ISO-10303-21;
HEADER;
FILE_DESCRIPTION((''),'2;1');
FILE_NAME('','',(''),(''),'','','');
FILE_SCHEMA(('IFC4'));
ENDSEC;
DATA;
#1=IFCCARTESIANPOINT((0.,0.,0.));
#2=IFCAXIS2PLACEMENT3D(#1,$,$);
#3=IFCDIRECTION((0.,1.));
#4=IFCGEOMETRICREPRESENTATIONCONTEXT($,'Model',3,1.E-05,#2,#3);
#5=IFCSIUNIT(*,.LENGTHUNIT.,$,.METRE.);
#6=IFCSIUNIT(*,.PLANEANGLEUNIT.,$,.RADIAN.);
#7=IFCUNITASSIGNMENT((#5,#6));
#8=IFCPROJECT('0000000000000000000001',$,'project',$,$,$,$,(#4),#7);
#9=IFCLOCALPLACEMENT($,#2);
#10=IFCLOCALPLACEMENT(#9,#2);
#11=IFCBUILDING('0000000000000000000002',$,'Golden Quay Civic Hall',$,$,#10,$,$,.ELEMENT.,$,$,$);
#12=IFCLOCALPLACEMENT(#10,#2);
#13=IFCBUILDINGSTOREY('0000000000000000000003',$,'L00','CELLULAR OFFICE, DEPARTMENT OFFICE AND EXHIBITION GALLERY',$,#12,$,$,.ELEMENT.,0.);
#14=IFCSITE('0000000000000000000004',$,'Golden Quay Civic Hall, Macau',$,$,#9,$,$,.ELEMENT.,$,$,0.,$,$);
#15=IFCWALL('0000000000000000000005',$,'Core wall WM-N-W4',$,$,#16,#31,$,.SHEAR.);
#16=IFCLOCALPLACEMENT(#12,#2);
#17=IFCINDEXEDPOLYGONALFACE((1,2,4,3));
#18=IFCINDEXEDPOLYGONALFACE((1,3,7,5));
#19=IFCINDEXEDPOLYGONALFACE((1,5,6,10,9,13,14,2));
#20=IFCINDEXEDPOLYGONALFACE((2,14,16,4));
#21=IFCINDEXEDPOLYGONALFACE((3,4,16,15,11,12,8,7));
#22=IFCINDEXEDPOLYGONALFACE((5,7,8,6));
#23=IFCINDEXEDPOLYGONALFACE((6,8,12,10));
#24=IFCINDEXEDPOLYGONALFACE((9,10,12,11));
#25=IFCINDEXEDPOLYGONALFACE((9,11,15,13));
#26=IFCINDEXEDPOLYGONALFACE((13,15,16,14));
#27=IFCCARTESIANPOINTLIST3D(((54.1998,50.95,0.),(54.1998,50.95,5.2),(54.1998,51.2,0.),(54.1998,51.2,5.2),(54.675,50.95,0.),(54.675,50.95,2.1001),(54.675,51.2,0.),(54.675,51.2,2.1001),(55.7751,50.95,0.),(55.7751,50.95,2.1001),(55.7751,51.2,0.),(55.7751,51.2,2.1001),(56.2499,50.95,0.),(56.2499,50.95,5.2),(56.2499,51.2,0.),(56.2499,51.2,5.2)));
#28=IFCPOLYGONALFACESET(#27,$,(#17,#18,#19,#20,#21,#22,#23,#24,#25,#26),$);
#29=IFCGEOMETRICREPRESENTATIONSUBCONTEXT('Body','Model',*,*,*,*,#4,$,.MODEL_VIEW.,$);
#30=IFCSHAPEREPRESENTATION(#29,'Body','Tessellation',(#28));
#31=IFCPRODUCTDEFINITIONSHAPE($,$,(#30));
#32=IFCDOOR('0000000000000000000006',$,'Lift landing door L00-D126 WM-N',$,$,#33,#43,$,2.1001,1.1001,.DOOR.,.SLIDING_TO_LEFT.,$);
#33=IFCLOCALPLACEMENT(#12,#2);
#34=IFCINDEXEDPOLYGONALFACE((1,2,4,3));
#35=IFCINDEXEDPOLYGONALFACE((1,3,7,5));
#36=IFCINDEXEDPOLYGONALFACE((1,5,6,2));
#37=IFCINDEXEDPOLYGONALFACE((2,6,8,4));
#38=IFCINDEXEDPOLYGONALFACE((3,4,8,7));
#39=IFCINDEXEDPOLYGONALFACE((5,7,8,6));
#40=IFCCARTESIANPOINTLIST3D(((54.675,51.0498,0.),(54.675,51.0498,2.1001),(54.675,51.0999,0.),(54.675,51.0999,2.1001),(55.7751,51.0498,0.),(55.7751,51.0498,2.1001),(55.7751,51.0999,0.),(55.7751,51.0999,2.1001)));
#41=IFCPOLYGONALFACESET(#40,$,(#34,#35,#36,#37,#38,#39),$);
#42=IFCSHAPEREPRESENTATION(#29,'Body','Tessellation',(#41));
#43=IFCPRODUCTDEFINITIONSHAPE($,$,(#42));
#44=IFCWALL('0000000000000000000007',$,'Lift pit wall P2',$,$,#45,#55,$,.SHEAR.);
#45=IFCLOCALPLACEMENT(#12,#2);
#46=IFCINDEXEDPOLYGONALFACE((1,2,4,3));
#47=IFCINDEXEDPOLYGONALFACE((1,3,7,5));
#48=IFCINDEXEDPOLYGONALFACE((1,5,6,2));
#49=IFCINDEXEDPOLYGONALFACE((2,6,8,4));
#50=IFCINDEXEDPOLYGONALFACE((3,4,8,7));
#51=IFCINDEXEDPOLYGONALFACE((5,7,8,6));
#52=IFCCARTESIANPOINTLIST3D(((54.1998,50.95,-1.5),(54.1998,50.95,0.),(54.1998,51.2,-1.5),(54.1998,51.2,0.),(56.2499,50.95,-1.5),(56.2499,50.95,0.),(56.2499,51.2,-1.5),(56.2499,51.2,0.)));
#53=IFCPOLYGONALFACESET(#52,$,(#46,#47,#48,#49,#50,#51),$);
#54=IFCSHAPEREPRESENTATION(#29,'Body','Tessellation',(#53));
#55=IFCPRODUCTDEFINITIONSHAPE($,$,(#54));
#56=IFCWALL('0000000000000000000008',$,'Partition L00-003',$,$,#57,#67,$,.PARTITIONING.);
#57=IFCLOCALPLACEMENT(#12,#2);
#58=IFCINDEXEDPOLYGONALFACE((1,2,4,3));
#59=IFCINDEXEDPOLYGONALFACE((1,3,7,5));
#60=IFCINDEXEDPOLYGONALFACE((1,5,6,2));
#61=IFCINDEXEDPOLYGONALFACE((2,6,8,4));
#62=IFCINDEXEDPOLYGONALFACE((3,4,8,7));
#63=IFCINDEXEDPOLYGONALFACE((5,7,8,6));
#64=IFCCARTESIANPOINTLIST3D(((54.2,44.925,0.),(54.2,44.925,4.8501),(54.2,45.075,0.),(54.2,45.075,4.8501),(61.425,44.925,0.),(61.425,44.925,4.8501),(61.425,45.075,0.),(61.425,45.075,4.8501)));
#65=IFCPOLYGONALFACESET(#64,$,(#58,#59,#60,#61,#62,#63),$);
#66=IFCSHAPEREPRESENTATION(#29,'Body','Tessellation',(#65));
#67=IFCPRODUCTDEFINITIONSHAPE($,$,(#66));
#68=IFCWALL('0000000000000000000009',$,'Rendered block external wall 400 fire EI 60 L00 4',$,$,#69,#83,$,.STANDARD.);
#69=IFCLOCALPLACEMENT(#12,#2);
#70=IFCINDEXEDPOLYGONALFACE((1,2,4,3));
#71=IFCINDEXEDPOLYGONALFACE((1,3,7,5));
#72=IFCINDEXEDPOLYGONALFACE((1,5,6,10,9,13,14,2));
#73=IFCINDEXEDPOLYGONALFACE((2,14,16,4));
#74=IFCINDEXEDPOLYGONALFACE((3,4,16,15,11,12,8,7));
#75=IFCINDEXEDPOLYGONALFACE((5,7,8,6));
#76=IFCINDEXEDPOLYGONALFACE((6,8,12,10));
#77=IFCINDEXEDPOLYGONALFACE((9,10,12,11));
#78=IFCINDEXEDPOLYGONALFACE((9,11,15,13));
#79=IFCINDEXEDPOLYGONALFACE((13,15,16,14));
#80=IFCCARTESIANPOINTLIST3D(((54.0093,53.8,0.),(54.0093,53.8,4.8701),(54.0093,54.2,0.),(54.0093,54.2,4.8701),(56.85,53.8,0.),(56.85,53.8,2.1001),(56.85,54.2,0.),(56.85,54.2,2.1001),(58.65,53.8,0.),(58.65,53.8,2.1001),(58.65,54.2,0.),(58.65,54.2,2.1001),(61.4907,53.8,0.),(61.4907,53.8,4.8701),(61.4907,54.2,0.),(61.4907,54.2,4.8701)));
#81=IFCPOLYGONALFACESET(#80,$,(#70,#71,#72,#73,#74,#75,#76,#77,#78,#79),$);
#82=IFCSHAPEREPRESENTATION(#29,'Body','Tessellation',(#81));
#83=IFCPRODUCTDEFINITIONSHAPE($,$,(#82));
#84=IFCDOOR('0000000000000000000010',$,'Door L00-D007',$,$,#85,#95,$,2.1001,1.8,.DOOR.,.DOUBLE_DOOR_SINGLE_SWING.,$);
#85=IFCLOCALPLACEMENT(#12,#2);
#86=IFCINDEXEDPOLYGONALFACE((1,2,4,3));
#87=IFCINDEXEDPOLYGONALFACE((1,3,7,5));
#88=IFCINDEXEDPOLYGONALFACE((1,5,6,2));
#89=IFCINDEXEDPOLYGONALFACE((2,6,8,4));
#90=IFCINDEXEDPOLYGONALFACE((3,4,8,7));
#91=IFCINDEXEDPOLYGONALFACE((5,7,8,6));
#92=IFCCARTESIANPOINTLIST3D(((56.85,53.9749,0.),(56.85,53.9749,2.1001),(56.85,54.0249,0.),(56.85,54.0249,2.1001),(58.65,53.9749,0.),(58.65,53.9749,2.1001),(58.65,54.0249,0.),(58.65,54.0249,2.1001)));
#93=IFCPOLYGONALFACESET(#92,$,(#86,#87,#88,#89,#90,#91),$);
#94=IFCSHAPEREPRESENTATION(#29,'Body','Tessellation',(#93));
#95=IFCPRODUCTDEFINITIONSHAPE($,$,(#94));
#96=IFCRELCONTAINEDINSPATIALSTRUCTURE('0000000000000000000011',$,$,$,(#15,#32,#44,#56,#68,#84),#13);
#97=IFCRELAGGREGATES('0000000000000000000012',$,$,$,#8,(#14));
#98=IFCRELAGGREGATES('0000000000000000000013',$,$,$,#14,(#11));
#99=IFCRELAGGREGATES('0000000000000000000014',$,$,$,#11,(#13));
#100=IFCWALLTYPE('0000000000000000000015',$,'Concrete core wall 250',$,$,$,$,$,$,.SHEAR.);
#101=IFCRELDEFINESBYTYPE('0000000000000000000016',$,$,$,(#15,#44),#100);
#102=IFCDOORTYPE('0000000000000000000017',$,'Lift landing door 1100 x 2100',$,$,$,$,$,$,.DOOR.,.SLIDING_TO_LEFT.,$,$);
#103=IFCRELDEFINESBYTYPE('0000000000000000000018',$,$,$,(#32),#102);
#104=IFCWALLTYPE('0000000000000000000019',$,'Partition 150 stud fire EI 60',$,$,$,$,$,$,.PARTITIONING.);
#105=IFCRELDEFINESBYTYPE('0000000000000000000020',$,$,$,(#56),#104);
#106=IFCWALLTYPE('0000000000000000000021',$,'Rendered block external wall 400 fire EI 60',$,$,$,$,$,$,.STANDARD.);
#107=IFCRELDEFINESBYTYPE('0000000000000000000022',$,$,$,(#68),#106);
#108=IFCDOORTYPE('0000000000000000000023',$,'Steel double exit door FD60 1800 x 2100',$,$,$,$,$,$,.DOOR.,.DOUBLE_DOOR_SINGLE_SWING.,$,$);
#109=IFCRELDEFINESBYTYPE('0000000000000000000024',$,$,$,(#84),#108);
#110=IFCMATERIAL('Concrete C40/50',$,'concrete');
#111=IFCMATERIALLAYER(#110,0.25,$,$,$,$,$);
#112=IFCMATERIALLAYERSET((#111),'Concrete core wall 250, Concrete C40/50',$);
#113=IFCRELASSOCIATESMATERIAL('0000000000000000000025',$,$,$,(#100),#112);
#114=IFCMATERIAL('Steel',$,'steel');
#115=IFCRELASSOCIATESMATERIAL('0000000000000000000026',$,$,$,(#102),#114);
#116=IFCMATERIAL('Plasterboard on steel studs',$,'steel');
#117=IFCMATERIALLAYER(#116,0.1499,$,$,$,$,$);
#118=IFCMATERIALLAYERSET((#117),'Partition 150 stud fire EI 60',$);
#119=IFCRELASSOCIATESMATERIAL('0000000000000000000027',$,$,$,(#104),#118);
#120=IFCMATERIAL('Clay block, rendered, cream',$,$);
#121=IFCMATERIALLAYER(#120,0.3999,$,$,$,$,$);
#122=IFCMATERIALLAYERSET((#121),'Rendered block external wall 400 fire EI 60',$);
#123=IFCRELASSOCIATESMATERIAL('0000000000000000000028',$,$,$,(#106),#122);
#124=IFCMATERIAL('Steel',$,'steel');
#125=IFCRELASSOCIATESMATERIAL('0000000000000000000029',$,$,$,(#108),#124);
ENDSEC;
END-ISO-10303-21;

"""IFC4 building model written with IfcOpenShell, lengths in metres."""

from ifc_helpers import new_model, si_unit, direction, frame, frame_2d, origin, place, context, subcontext, project, spatial, rectangle, extrude, material, layer, layer_set, type_object, element, fill, save


model = new_model("IFC4")

# Units and contexts
model_context = context("Model", 3, precision=1e-05, world=origin(), true_north=direction((0.0, 1.0)))
body_context = subcontext(model_context, "Body", "Model", "MODEL_VIEW")
ifc_project = project(units=[si_unit("LENGTHUNIT", "METRE"), si_unit("PLANEANGLEUNIT", "RADIAN")], contexts=[model_context])

# Site, building, storey
site_placement = place(None, origin())
site = spatial("IfcSite", under=ifc_project, at=site_placement, Name="Golden Quay Civic Hall, Macau", CompositionType="ELEMENT", RefElevation=0.0)
building_placement = place(site_placement, origin())
building = spatial("IfcBuilding", under=site, at=building_placement, Name="Golden Quay Civic Hall", CompositionType="ELEMENT")
storey_placement = place(building_placement, origin())
storey = spatial("IfcBuildingStorey", under=building, at=storey_placement, Name="L00", Description="CELLULAR OFFICE, DEPARTMENT OFFICE AND EXHIBITION GALLERY", CompositionType="ELEMENT", Elevation=0.0)

# Wall, opening, door
ifc_material_1 = material(Name="Concrete C40/50", Category="concrete")
ifc_layer_1 = layer(ifc_material_1, 0.25)
ifc_layer_set_1 = layer_set([ifc_layer_1], Name="Concrete core wall 250, Concrete C40/50")
wall_type_1 = type_object("IfcWallType", Name="Concrete core wall 250", PredefinedType="SHEAR", material=ifc_layer_set_1)
wall_1_placement = place(storey_placement, frame((54.2, 51.075, 0.0), z_axis=(0.0, 0.0, 1.0), x_axis=(1.0, 0.0, 0.0)))
wall_1 = element("IfcWall", 1, at=wall_1_placement, inside=storey, type_object=wall_type_1, Name="Core wall WM-N-W4", PredefinedType="SHEAR", context=body_context, shape_type="SweptSolid", body=[
    extrude(rectangle(XDim=2.05, YDim=0.25, at=frame_2d((1.0249, 0.0))), origin(), (0.0, 0.0, 1.0), 5.2),
])
opening_1_placement = place(wall_1_placement, frame((0.4751, 0.0, 0.0)))
opening_1 = element("IfcOpeningElement", 2, at=opening_1_placement, cuts=wall_1, PredefinedType="OPENING", context=body_context, shape_type="SweptSolid", body=[
    extrude(rectangle(XDim=1.1001, YDim=2.1001, at=frame_2d((0.55, 1.05))), frame((0.0, 0.135, 0.0), z_axis=(0.0, -1.0, 0.0), x_axis=(1.0, 0.0, 0.0)), (0.0, 0.0, 1.0), 0.27),
])
ifc_material_2 = material(Name="Steel", Category="steel")
door_type_1 = type_object("IfcDoorType", Name="Lift landing door 1100 x 2100", OperationType="SLIDING_TO_LEFT", PredefinedType="DOOR", material=ifc_material_2)
door_1_placement = place(opening_1_placement, origin())
door_1 = element("IfcDoor", 3, at=door_1_placement, inside=storey, type_object=door_type_1, Name="Lift landing door L00-D126 WM-N", OperationType="SLIDING_TO_LEFT", OverallHeight=2.1001, OverallWidth=1.1001, PredefinedType="DOOR", context=body_context, shape_type="SweptSolid", body=[
    extrude(rectangle(XDim=1.1001, YDim=2.1001, at=frame_2d((0.55, 1.05))), frame((0.0, 0.0249, 0.0), z_axis=(0.0, -1.0, 0.0), x_axis=(1.0, 0.0, 0.0)), (0.0, 0.0, 1.0), 0.05),
])
fill(opening_1, door_1)

# Walls
wall_2_placement = place(storey_placement, frame((54.2, 51.075, -1.5), z_axis=(0.0, 0.0, 1.0), x_axis=(1.0, 0.0, 0.0)))
element("IfcWall", 4, at=wall_2_placement, inside=storey, type_object=wall_type_1, Name="Lift pit wall P2", PredefinedType="SHEAR", context=body_context, shape_type="SweptSolid", body=[
    extrude(rectangle(XDim=2.05, YDim=0.25, at=frame_2d((1.0249, 0.0))), origin(), (0.0, 0.0, 1.0), 1.5),
])
ifc_material_3 = material(Name="Plasterboard on steel studs", Category="steel")
ifc_layer_2 = layer(ifc_material_3, 0.1499)
ifc_layer_set_2 = layer_set([ifc_layer_2], Name="Partition 150 stud fire EI 60")
wall_type_2 = type_object("IfcWallType", Name="Partition 150 stud fire EI 60", PredefinedType="PARTITIONING", material=ifc_layer_set_2)
wall_3_placement = place(storey_placement, frame((54.2, 45.0, 0.0), z_axis=(0.0, 0.0, 1.0), x_axis=(1.0, 0.0, 0.0)))
element("IfcWall", 5, at=wall_3_placement, inside=storey, type_object=wall_type_2, Name="Partition L00-003", PredefinedType="PARTITIONING", context=body_context, shape_type="SweptSolid", body=[
    extrude(rectangle(XDim=7.2251, YDim=0.1499, at=frame_2d((3.6125, 0.0))), origin(), (0.0, 0.0, 1.0), 4.8501),
])

# Wall, opening, door
ifc_material_4 = material(Name="Clay block, rendered, cream")
ifc_layer_3 = layer(ifc_material_4, 0.3999)
ifc_layer_set_3 = layer_set([ifc_layer_3], Name="Rendered block external wall 400 fire EI 60")
wall_type_3 = type_object("IfcWallType", Name="Rendered block external wall 400 fire EI 60", PredefinedType="STANDARD", material=ifc_layer_set_3)
wall_4_placement = place(storey_placement, frame((54.0093, 54.0, 0.0), z_axis=(0.0, 0.0, 1.0), x_axis=(1.0, 0.0, 0.0)))
wall_4 = element("IfcWall", 6, at=wall_4_placement, inside=storey, type_object=wall_type_3, Name="Rendered block external wall 400 fire EI 60 L00 4", PredefinedType="STANDARD", context=body_context, shape_type="SweptSolid", body=[
    extrude(rectangle(XDim=7.4814, YDim=0.3999, at=frame_2d((3.7407, 0.0))), origin(), (0.0, 0.0, 1.0), 4.8701),
])
opening_2_placement = place(wall_4_placement, frame((2.8408, 0.0, 0.0)))
opening_2 = element("IfcOpeningElement", 7, at=opening_2_placement, cuts=wall_4, PredefinedType="OPENING", context=body_context, shape_type="SweptSolid", body=[
    extrude(rectangle(XDim=1.8, YDim=2.1001, at=frame_2d((0.8999, 1.05))), frame((0.0, 0.21, 0.0), z_axis=(0.0, -1.0, 0.0), x_axis=(1.0, 0.0, 0.0)), (0.0, 0.0, 1.0), 0.4199),
])
ifc_material_5 = material(Name="Steel", Category="steel")
door_type_2 = type_object("IfcDoorType", Name="Steel double exit door FD60 1800 x 2100", OperationType="DOUBLE_DOOR_SINGLE_SWING", PredefinedType="DOOR", material=ifc_material_5)
door_2_placement = place(opening_2_placement, origin())
door_2 = element("IfcDoor", 8, at=door_2_placement, inside=storey, type_object=door_type_2, Name="Door L00-D007", OperationType="DOUBLE_DOOR_SINGLE_SWING", OverallHeight=2.1001, OverallWidth=1.8, PredefinedType="DOOR", context=body_context, shape_type="SweptSolid", body=[
    extrude(rectangle(XDim=1.8, YDim=2.1001, at=frame_2d((0.8999, 1.05))), frame((0.0, 0.0249, 0.0), z_axis=(0.0, -1.0, 0.0), x_axis=(1.0, 0.0, 0.0)), (0.0, 0.0, 1.0), 0.05),
])
fill(opening_2, door_2)

save(model, "model.ifc")
